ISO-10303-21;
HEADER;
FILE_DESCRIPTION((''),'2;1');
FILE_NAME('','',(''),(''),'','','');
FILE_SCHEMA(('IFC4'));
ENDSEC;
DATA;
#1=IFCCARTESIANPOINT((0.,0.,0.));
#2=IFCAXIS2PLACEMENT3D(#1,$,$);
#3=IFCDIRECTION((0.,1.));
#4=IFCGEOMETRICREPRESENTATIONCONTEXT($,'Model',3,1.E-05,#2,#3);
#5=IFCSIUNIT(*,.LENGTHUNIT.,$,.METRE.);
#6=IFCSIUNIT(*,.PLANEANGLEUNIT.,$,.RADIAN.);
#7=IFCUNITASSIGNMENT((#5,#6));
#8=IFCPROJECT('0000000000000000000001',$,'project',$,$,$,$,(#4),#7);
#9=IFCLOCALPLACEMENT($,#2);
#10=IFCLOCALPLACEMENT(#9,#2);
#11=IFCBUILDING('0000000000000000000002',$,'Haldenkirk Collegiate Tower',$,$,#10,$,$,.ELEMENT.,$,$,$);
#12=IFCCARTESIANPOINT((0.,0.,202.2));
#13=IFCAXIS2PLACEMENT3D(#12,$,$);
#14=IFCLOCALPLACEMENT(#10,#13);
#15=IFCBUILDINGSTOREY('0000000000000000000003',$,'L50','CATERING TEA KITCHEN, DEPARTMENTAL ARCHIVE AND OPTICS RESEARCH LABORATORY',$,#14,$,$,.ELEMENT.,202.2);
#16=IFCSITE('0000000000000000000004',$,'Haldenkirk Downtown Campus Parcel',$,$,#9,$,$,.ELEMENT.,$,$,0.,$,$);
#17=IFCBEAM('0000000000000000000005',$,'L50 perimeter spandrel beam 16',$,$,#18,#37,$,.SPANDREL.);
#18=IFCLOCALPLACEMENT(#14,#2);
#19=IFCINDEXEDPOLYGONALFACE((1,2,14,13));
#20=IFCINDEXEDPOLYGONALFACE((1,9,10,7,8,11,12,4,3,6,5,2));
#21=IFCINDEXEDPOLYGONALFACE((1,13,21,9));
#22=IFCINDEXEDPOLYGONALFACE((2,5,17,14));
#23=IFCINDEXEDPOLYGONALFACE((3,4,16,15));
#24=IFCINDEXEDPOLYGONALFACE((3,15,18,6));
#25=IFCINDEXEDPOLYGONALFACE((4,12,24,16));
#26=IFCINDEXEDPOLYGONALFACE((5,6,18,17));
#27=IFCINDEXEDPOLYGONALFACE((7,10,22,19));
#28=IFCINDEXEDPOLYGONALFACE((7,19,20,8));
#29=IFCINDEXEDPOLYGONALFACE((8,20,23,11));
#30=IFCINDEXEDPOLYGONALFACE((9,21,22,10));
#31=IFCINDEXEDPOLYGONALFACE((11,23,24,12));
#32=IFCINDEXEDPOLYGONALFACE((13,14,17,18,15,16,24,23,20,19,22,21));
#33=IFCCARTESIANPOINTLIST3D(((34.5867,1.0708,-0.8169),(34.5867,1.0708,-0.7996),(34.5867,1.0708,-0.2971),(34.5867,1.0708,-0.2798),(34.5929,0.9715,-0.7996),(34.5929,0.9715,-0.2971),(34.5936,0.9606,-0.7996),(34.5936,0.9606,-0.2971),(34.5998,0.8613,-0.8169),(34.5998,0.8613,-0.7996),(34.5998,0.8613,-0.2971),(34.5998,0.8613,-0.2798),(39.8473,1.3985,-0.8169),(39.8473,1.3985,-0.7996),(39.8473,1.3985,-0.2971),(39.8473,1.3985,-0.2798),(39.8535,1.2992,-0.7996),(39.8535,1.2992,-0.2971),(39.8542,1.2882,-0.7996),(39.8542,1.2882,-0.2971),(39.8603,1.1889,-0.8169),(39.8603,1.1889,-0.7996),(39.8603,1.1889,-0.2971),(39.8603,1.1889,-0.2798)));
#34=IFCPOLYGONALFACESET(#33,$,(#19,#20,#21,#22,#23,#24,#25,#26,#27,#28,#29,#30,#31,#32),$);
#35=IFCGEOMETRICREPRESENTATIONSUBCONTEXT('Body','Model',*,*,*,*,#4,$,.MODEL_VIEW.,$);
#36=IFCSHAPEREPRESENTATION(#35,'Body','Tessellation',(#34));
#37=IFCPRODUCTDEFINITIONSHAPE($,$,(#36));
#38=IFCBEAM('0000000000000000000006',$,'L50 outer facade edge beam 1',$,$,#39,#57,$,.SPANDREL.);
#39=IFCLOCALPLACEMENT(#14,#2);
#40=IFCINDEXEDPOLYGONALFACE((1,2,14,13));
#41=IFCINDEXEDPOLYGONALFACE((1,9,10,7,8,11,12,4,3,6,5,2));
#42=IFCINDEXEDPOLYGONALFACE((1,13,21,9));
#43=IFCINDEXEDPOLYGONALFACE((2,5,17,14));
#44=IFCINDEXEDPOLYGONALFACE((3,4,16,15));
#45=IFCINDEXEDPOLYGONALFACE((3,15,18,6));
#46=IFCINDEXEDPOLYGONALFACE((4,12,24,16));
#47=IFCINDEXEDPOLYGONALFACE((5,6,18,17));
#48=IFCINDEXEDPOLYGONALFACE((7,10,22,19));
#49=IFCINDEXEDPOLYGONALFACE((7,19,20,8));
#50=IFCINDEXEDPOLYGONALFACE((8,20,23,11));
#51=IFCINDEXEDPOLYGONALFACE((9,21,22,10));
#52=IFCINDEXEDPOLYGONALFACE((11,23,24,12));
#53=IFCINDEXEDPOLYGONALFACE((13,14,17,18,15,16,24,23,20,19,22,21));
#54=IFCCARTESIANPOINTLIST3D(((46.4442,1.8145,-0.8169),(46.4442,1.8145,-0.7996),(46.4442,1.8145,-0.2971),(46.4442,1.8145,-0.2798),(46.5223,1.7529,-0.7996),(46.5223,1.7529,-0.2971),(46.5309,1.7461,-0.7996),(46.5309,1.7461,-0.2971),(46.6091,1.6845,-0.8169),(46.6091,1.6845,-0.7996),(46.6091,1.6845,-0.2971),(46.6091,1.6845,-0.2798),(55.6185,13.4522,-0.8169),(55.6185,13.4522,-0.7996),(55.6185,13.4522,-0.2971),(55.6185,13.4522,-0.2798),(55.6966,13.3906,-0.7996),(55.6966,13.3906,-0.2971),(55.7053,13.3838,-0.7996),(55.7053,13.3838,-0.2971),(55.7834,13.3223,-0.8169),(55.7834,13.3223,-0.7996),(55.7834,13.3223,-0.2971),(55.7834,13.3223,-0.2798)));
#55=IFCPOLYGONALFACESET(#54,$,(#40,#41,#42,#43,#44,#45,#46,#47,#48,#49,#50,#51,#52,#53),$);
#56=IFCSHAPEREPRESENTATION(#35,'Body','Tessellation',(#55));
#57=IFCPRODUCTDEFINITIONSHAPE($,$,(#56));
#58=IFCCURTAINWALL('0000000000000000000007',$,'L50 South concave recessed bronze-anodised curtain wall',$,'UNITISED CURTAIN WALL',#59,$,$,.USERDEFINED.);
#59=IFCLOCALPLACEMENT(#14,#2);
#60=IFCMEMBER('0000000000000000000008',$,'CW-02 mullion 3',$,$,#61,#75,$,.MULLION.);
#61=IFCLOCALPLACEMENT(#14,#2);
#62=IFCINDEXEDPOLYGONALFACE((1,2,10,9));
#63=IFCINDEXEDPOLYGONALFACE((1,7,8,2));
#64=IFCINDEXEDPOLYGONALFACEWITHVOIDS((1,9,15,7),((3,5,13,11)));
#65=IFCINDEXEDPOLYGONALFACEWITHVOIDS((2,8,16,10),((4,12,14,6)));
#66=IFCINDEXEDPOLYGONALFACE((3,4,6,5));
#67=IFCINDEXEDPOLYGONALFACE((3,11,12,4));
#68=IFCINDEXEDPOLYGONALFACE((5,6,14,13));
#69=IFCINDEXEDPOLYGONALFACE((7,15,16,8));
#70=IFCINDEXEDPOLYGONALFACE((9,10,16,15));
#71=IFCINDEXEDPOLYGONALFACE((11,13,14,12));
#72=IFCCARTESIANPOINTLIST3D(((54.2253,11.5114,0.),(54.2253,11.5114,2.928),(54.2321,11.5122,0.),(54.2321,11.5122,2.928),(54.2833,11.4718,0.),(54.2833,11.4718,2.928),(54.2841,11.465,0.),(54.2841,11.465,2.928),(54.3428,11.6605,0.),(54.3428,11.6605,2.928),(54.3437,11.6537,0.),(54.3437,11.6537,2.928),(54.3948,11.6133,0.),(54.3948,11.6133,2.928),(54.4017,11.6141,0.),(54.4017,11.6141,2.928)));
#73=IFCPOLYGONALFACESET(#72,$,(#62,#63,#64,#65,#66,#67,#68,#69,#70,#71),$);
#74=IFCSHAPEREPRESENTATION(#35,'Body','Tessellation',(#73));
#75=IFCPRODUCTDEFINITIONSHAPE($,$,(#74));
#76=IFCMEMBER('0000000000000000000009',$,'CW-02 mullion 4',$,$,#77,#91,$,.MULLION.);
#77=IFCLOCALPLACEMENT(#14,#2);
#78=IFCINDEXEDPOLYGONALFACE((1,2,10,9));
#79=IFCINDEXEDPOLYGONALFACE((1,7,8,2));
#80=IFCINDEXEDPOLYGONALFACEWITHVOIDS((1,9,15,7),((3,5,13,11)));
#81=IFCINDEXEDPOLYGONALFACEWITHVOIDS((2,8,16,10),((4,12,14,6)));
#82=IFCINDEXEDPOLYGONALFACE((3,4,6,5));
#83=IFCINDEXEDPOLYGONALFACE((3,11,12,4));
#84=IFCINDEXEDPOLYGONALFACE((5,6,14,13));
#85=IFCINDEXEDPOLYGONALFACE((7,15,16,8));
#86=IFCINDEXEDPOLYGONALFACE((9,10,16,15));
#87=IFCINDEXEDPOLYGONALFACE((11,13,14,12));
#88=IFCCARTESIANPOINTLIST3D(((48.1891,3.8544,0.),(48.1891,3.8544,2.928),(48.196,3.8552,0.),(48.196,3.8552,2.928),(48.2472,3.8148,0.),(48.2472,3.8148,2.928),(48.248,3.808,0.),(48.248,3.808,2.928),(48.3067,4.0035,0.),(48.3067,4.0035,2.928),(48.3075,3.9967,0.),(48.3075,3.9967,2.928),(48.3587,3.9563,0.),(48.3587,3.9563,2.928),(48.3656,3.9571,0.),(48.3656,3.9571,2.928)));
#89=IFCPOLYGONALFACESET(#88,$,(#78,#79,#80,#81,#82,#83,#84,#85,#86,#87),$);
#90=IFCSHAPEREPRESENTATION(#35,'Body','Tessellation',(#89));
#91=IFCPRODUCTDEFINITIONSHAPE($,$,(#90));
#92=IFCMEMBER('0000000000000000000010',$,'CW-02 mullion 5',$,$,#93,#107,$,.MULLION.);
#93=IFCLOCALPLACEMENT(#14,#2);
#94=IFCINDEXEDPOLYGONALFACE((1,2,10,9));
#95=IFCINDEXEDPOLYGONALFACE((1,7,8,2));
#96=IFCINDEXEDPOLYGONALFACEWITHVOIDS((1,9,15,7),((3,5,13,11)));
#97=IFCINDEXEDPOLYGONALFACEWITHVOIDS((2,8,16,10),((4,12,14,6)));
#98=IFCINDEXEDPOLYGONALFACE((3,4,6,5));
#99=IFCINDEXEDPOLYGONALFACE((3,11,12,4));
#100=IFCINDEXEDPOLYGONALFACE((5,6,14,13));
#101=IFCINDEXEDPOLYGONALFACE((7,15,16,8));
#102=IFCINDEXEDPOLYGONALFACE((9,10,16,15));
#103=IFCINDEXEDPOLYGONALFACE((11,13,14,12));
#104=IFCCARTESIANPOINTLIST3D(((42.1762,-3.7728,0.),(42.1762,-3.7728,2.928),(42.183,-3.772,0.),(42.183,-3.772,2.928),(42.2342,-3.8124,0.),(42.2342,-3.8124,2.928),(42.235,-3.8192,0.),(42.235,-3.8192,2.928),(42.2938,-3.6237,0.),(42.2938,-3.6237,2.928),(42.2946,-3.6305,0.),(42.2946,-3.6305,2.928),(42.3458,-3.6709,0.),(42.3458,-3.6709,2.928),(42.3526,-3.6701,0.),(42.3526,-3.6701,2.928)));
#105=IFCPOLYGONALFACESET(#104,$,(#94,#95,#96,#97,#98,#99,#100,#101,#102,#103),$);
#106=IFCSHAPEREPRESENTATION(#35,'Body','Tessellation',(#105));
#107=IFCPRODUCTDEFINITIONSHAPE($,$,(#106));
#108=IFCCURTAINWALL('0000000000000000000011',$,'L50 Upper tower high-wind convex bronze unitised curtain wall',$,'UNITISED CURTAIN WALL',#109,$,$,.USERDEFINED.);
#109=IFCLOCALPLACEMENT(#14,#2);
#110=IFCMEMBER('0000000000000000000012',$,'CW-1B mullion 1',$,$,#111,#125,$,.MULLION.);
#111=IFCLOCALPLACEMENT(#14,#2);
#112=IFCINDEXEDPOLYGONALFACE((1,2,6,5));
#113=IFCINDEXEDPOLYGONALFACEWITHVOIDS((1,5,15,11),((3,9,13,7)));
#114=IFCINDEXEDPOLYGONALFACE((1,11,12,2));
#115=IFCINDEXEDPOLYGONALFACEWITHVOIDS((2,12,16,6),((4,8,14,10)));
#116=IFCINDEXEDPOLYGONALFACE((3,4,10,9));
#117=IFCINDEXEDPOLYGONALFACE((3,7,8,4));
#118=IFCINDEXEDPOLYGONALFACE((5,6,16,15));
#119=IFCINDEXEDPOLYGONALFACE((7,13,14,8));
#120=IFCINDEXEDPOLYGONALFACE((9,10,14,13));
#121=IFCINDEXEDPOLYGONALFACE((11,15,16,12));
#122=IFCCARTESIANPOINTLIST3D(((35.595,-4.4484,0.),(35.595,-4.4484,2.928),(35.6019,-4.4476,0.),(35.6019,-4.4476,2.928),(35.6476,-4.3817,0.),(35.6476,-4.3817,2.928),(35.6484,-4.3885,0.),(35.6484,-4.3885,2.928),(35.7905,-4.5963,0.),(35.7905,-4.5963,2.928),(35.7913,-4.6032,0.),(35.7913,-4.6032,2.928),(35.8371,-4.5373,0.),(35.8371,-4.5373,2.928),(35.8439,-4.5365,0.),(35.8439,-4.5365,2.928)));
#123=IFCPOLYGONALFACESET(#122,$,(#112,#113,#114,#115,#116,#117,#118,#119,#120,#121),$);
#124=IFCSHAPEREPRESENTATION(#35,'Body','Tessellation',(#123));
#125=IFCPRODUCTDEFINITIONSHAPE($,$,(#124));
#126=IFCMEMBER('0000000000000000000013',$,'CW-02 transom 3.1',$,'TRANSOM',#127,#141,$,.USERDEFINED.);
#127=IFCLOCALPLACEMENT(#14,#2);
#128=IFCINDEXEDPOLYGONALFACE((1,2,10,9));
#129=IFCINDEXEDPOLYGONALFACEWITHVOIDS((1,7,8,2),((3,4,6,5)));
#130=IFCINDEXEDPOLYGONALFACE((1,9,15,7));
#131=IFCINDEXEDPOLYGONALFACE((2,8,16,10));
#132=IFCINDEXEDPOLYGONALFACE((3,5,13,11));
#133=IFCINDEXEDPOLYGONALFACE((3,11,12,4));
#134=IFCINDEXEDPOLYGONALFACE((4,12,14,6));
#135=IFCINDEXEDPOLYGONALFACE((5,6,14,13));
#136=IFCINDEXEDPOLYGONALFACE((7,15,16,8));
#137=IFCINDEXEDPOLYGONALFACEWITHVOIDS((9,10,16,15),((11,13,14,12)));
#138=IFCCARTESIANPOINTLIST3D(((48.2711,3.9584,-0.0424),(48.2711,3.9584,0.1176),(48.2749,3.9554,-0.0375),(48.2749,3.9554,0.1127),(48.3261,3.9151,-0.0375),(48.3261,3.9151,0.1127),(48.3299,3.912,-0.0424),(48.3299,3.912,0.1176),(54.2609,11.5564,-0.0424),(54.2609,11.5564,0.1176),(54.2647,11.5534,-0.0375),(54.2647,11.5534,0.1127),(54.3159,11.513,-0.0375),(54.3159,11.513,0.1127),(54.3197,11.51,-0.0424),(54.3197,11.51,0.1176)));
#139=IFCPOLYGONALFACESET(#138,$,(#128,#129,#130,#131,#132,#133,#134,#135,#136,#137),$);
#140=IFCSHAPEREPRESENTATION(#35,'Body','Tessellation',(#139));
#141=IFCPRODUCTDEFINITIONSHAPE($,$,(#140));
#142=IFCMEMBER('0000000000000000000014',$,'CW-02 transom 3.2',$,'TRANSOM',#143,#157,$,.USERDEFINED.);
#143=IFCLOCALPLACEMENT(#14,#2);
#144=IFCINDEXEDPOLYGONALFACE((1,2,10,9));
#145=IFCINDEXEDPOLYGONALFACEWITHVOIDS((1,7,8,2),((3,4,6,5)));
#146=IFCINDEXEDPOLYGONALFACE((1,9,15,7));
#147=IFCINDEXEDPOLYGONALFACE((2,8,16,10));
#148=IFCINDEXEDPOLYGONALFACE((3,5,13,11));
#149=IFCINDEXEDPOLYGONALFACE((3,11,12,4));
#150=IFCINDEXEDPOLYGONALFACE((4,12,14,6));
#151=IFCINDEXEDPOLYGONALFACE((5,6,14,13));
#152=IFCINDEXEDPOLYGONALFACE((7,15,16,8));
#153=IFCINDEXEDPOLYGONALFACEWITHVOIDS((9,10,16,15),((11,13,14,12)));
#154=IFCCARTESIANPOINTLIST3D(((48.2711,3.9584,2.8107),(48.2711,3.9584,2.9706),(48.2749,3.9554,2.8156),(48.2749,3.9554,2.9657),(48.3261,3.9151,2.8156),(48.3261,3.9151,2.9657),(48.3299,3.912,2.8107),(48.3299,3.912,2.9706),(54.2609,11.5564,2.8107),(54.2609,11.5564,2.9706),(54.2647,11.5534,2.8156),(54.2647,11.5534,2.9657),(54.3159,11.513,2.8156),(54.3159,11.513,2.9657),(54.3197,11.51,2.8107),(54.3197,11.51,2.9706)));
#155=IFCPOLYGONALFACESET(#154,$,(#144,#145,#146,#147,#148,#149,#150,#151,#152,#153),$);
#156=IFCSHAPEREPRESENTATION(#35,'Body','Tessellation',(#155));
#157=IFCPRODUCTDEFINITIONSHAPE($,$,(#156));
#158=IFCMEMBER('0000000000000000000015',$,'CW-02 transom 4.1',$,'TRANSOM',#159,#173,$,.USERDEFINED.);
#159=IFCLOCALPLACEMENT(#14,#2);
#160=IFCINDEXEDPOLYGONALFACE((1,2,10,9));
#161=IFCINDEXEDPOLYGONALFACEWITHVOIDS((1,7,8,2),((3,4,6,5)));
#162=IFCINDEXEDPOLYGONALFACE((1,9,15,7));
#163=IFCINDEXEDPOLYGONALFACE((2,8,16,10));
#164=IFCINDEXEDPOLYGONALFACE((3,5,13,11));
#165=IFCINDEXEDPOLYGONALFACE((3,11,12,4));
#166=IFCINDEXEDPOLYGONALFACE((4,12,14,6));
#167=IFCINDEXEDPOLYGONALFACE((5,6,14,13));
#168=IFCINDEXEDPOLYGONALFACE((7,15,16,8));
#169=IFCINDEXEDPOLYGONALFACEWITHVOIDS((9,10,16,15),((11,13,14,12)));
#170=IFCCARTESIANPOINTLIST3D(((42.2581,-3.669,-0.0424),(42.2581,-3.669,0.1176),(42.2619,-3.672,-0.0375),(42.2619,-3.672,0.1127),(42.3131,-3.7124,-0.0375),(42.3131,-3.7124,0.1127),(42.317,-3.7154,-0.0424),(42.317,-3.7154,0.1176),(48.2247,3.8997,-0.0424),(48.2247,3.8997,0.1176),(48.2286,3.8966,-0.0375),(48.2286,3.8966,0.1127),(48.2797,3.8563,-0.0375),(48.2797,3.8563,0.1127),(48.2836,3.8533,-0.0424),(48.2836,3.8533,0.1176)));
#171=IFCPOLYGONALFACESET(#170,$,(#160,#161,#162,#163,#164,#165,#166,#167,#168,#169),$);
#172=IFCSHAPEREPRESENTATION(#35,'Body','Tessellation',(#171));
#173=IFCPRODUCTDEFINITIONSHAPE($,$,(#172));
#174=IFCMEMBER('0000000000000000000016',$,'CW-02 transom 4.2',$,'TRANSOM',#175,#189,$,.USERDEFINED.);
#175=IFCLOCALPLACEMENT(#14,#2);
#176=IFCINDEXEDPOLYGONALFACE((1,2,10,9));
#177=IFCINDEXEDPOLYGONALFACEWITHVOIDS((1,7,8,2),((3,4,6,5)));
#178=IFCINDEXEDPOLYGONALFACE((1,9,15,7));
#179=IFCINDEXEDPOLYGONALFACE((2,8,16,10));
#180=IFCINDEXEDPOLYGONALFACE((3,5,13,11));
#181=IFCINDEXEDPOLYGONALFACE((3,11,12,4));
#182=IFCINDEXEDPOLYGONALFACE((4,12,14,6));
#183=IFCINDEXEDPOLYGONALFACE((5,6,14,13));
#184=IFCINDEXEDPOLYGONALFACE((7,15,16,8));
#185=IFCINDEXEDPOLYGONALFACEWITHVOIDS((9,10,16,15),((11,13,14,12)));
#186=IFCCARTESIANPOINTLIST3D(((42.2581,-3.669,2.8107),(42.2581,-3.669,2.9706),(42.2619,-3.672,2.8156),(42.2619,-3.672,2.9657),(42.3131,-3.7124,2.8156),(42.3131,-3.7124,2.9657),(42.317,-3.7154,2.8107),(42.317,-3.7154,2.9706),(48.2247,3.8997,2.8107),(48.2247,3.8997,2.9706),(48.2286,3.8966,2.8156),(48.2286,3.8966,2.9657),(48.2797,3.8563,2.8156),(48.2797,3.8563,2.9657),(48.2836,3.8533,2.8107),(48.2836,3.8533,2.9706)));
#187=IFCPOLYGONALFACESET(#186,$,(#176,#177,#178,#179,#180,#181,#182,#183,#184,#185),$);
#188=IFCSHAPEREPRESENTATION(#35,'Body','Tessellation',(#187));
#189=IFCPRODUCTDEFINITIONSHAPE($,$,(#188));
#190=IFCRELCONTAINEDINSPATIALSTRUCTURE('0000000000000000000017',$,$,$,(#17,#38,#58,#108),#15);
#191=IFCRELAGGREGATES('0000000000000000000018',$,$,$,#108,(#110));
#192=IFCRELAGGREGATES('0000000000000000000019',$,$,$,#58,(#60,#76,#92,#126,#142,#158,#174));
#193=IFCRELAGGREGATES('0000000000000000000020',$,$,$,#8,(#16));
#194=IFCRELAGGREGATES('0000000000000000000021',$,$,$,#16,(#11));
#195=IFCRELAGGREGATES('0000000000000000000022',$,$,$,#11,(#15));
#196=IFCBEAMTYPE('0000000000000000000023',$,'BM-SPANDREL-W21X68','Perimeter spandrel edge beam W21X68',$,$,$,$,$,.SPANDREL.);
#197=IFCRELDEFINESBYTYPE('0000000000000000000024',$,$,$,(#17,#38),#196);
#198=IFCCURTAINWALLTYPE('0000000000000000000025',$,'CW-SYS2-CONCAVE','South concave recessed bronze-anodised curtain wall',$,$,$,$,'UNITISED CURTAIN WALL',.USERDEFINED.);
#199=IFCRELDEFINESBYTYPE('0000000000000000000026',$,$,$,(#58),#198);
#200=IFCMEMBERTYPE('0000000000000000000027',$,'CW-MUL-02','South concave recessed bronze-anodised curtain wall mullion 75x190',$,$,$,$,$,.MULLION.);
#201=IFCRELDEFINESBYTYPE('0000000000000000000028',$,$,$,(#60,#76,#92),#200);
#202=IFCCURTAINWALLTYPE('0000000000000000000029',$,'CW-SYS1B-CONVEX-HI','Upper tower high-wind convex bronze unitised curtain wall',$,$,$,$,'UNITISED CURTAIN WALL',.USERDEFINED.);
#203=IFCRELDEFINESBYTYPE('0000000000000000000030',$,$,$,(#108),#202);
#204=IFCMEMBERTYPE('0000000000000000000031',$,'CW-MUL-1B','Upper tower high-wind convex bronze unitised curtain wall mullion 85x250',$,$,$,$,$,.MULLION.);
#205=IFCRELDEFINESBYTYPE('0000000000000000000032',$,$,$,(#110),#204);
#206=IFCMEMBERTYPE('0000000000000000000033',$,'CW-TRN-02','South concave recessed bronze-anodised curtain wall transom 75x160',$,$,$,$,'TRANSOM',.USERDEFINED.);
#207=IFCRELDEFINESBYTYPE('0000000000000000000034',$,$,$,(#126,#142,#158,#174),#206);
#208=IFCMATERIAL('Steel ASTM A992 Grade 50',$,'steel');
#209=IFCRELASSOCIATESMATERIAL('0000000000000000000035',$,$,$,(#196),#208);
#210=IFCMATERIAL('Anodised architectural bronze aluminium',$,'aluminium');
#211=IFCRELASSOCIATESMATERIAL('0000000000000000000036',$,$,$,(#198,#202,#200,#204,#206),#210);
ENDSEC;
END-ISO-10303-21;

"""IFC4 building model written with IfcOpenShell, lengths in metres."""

from ifc_helpers import new_model, si_unit, direction, frame, origin, origin_2d, place, context, subcontext, project, spatial, hollow_rectangle, i_section, extrude, material, material_profile, profile_set, type_object, element, aggregate, save


model = new_model("IFC4")

# Units and contexts
model_context = context("Model", 3, precision=1e-05, world=origin(), true_north=direction((0.0, 1.0)))
body_context = subcontext(model_context, "Body", "Model", "MODEL_VIEW")
ifc_project = project(units=[si_unit("LENGTHUNIT", "METRE"), si_unit("PLANEANGLEUNIT", "RADIAN")], contexts=[model_context])

# Site, building, storey
site_placement = place(None, origin())
site = spatial("IfcSite", under=ifc_project, at=site_placement, Name="Haldenkirk Downtown Campus Parcel", CompositionType="ELEMENT", RefElevation=0.0)
building_placement = place(site_placement, origin())
building = spatial("IfcBuilding", under=site, at=building_placement, Name="Haldenkirk Collegiate Tower", CompositionType="ELEMENT")
storey_placement = place(building_placement, frame((0.0, 0.0, 202.2)))
storey = spatial("IfcBuildingStorey", under=building, at=storey_placement, Name="L50", Description="CATERING TEA KITCHEN, DEPARTMENTAL ARCHIVE AND OPTICS RESEARCH LABORATORY", CompositionType="ELEMENT", Elevation=202.2)

# Beams
ifc_material_1 = material(Name="Steel ASTM A992 Grade 50", Category="steel")
ifc_material_profile_1 = material_profile(ifc_material_1, i_section(OverallWidth=0.21, OverallDepth=0.5371, WebThickness=0.011, FlangeThickness=0.0173, at=origin_2d()), Name="W21X68")
ifc_profile_set_1 = profile_set([ifc_material_profile_1], Name="Steel ASTM A992 Grade 50")
beam_type_1 = type_object("IfcBeamType", Name="BM-SPANDREL-W21X68", Description="Perimeter spandrel edge beam W21X68", PredefinedType="SPANDREL", material=ifc_profile_set_1)
beam_1_placement = place(storey_placement, frame((34.5933, 0.9661, -0.5483), z_axis=(0.998066, 0.062162, 0.0), x_axis=(-0.062162, 0.998066, 0.0)))
element("IfcBeam", 1, at=beam_1_placement, inside=storey, type_object=beam_type_1, Name="L50 perimeter spandrel beam 16", PredefinedType="SPANDREL", context=body_context, shape_type="SweptSolid", body=[
    extrude(i_section(OverallWidth=0.21, OverallDepth=0.5371, WebThickness=0.011, FlangeThickness=0.0173, at=origin_2d()), origin(), (0.0, 0.0, 1.0), 5.2708),
])
beam_2_placement = place(storey_placement, frame((46.5266, 1.7495, -0.5483), z_axis=(0.61909, 0.78532, 0.0), x_axis=(-0.78532, 0.61909, 0.0)))
element("IfcBeam", 2, at=beam_2_placement, inside=storey, type_object=beam_type_1, Name="L50 outer facade edge beam 1", PredefinedType="SPANDREL", context=body_context, shape_type="SweptSolid", body=[
    extrude(i_section(OverallWidth=0.21, OverallDepth=0.5371, WebThickness=0.011, FlangeThickness=0.0173, at=origin_2d()), origin(), (0.0, 0.0, 1.0), 14.8191),
])

# Curtain wall, members
ifc_material_2 = material(Name="Anodised architectural bronze aluminium", Category="aluminium")
curtain_wall_type_1 = type_object("IfcCurtainWallType", Name="CW-SYS2-CONCAVE", Description="South concave recessed bronze-anodised curtain wall", ElementType="UNITISED CURTAIN WALL", PredefinedType="USERDEFINED", material=ifc_material_2)
curtain_wall_1_placement = place(storey_placement, origin())
curtain_wall_1 = element("IfcCurtainWall", 3, at=curtain_wall_1_placement, inside=storey, type_object=curtain_wall_type_1, Name="L50 South concave recessed bronze-anodised curtain wall", ObjectType="UNITISED CURTAIN WALL", PredefinedType="USERDEFINED")
ifc_material_profile_2 = material_profile(ifc_material_2, hollow_rectangle(XDim=0.075, YDim=0.1899, WallThickness=0.0049, at=origin_2d()), Name="CW-MUL-02")
ifc_profile_set_2 = profile_set([ifc_material_profile_2], Name="Anodised architectural bronze aluminium")
member_type_1 = type_object("IfcMemberType", Name="CW-MUL-02", Description="South concave recessed bronze-anodised curtain wall mullion 75x190", PredefinedType="MULLION", material=ifc_profile_set_2)
member_1_placement = place(storey_placement, frame((54.3135, 11.5627, 0.0), z_axis=(0.0, 0.0, 1.0), x_axis=(0.785317, -0.619094, 0.0)))
member_1 = element("IfcMember", 4, at=member_1_placement, type_object=member_type_1, Name="CW-02 mullion 3", PredefinedType="MULLION", context=body_context, shape_type="SweptSolid", body=[
    extrude(hollow_rectangle(XDim=0.075, YDim=0.1899, WallThickness=0.0049, at=origin_2d()), origin(), (0.0, 0.0, 1.0), 2.928),
])
member_2_placement = place(storey_placement, frame((48.2773, 3.9058, 0.0), z_axis=(0.0, 0.0, 1.0), x_axis=(0.785317, -0.619094, 0.0)))
member_2 = element("IfcMember", 5, at=member_2_placement, type_object=member_type_1, Name="CW-02 mullion 4", PredefinedType="MULLION", context=body_context, shape_type="SweptSolid", body=[
    extrude(hollow_rectangle(XDim=0.075, YDim=0.1899, WallThickness=0.0049, at=origin_2d()), origin(), (0.0, 0.0, 1.0), 2.928),
])
member_3_placement = place(storey_placement, frame((42.2644, -3.7214, 0.0), z_axis=(0.0, 0.0, 1.0), x_axis=(0.785317, -0.619094, 0.0)))
member_3 = element("IfcMember", 6, at=member_3_placement, type_object=member_type_1, Name="CW-02 mullion 5", PredefinedType="MULLION", context=body_context, shape_type="SweptSolid", body=[
    extrude(hollow_rectangle(XDim=0.075, YDim=0.1899, WallThickness=0.0049, at=origin_2d()), origin(), (0.0, 0.0, 1.0), 2.928),
])

# Curtain wall, member
curtain_wall_type_2 = type_object("IfcCurtainWallType", Name="CW-SYS1B-CONVEX-HI", Description="Upper tower high-wind convex bronze unitised curtain wall", ElementType="UNITISED CURTAIN WALL", PredefinedType="USERDEFINED", material=ifc_material_2)
curtain_wall_2_placement = place(storey_placement, origin())
curtain_wall_2 = element("IfcCurtainWall", 7, at=curtain_wall_2_placement, inside=storey, type_object=curtain_wall_type_2, Name="L50 Upper tower high-wind convex bronze unitised curtain wall", ObjectType="UNITISED CURTAIN WALL", PredefinedType="USERDEFINED")
ifc_material_profile_3 = material_profile(ifc_material_2, hollow_rectangle(XDim=0.085, YDim=0.25, WallThickness=0.0049, at=origin_2d()), Name="CW-MUL-1B")
ifc_profile_set_3 = profile_set([ifc_material_profile_3], Name="Anodised architectural bronze aluminium")
member_type_2 = type_object("IfcMemberType", Name="CW-MUL-1B", Description="Upper tower high-wind convex bronze unitised curtain wall mullion 85x250", PredefinedType="MULLION", material=ifc_profile_set_3)
member_4_placement = place(storey_placement, frame((35.7195, -4.4924, 0.0), z_axis=(0.0, 0.0, 1.0), x_axis=(-0.619095, -0.785316, 0.0)))
member_4 = element("IfcMember", 8, at=member_4_placement, type_object=member_type_2, Name="CW-1B mullion 1", PredefinedType="MULLION", context=body_context, shape_type="SweptSolid", body=[
    extrude(hollow_rectangle(XDim=0.085, YDim=0.25, WallThickness=0.0049, at=origin_2d()), origin(), (0.0, 0.0, 1.0), 2.928),
])

# Members
ifc_material_profile_4 = material_profile(ifc_material_2, hollow_rectangle(XDim=0.075, YDim=0.1599, WallThickness=0.0049, at=origin_2d()), Name="CW-TRN-02")
ifc_profile_set_4 = profile_set([ifc_material_profile_4], Name="Anodised architectural bronze aluminium")
member_type_3 = type_object("IfcMemberType", Name="CW-TRN-02", Description="South concave recessed bronze-anodised curtain wall transom 75x160", ElementType="TRANSOM", PredefinedType="USERDEFINED", material=ifc_profile_set_4)
member_5_placement = place(storey_placement, frame((54.2903, 11.5332, 0.0376), z_axis=(-0.619097, -0.785315, 0.0), x_axis=(0.785315, -0.619097, 0.0)))
member_5 = element("IfcMember", 9, at=member_5_placement, type_object=member_type_3, Name="CW-02 transom 3.1", ObjectType="TRANSOM", PredefinedType="USERDEFINED", context=body_context, shape_type="SweptSolid", body=[
    extrude(hollow_rectangle(XDim=0.075, YDim=0.1599, WallThickness=0.0049, at=origin_2d()), origin(), (0.0, 0.0, 1.0), 9.675),
])
member_6_placement = place(storey_placement, frame((54.2903, 11.5332, 2.8906), z_axis=(-0.619097, -0.785315, 0.0), x_axis=(0.785315, -0.619097, 0.0)))
member_6 = element("IfcMember", 10, at=member_6_placement, type_object=member_type_3, Name="CW-02 transom 3.2", ObjectType="TRANSOM", PredefinedType="USERDEFINED", context=body_context, shape_type="SweptSolid", body=[
    extrude(hollow_rectangle(XDim=0.075, YDim=0.1599, WallThickness=0.0049, at=origin_2d()), origin(), (0.0, 0.0, 1.0), 9.675),
])
member_7_placement = place(storey_placement, frame((48.2542, 3.8765, 0.0376), z_axis=(-0.619091, -0.78532, 0.0), x_axis=(0.78532, -0.619091, 0.0)))
member_7 = element("IfcMember", 11, at=member_7_placement, type_object=member_type_3, Name="CW-02 transom 4.1", ObjectType="TRANSOM", PredefinedType="USERDEFINED", context=body_context, shape_type="SweptSolid", body=[
    extrude(hollow_rectangle(XDim=0.075, YDim=0.1599, WallThickness=0.0049, at=origin_2d()), origin(), (0.0, 0.0, 1.0), 9.6377),
])
member_8_placement = place(storey_placement, frame((48.2542, 3.8765, 2.8906), z_axis=(-0.619091, -0.78532, 0.0), x_axis=(0.78532, -0.619091, 0.0)))
member_8 = element("IfcMember", 12, at=member_8_placement, type_object=member_type_3, Name="CW-02 transom 4.2", ObjectType="TRANSOM", PredefinedType="USERDEFINED", context=body_context, shape_type="SweptSolid", body=[
    extrude(hollow_rectangle(XDim=0.075, YDim=0.1599, WallThickness=0.0049, at=origin_2d()), origin(), (0.0, 0.0, 1.0), 9.6377),
])
aggregate(curtain_wall_2, [member_4])

aggregate(curtain_wall_1, [member_1, member_2, member_3, member_5, member_6, member_7, member_8])

save(model, "model.ifc")
